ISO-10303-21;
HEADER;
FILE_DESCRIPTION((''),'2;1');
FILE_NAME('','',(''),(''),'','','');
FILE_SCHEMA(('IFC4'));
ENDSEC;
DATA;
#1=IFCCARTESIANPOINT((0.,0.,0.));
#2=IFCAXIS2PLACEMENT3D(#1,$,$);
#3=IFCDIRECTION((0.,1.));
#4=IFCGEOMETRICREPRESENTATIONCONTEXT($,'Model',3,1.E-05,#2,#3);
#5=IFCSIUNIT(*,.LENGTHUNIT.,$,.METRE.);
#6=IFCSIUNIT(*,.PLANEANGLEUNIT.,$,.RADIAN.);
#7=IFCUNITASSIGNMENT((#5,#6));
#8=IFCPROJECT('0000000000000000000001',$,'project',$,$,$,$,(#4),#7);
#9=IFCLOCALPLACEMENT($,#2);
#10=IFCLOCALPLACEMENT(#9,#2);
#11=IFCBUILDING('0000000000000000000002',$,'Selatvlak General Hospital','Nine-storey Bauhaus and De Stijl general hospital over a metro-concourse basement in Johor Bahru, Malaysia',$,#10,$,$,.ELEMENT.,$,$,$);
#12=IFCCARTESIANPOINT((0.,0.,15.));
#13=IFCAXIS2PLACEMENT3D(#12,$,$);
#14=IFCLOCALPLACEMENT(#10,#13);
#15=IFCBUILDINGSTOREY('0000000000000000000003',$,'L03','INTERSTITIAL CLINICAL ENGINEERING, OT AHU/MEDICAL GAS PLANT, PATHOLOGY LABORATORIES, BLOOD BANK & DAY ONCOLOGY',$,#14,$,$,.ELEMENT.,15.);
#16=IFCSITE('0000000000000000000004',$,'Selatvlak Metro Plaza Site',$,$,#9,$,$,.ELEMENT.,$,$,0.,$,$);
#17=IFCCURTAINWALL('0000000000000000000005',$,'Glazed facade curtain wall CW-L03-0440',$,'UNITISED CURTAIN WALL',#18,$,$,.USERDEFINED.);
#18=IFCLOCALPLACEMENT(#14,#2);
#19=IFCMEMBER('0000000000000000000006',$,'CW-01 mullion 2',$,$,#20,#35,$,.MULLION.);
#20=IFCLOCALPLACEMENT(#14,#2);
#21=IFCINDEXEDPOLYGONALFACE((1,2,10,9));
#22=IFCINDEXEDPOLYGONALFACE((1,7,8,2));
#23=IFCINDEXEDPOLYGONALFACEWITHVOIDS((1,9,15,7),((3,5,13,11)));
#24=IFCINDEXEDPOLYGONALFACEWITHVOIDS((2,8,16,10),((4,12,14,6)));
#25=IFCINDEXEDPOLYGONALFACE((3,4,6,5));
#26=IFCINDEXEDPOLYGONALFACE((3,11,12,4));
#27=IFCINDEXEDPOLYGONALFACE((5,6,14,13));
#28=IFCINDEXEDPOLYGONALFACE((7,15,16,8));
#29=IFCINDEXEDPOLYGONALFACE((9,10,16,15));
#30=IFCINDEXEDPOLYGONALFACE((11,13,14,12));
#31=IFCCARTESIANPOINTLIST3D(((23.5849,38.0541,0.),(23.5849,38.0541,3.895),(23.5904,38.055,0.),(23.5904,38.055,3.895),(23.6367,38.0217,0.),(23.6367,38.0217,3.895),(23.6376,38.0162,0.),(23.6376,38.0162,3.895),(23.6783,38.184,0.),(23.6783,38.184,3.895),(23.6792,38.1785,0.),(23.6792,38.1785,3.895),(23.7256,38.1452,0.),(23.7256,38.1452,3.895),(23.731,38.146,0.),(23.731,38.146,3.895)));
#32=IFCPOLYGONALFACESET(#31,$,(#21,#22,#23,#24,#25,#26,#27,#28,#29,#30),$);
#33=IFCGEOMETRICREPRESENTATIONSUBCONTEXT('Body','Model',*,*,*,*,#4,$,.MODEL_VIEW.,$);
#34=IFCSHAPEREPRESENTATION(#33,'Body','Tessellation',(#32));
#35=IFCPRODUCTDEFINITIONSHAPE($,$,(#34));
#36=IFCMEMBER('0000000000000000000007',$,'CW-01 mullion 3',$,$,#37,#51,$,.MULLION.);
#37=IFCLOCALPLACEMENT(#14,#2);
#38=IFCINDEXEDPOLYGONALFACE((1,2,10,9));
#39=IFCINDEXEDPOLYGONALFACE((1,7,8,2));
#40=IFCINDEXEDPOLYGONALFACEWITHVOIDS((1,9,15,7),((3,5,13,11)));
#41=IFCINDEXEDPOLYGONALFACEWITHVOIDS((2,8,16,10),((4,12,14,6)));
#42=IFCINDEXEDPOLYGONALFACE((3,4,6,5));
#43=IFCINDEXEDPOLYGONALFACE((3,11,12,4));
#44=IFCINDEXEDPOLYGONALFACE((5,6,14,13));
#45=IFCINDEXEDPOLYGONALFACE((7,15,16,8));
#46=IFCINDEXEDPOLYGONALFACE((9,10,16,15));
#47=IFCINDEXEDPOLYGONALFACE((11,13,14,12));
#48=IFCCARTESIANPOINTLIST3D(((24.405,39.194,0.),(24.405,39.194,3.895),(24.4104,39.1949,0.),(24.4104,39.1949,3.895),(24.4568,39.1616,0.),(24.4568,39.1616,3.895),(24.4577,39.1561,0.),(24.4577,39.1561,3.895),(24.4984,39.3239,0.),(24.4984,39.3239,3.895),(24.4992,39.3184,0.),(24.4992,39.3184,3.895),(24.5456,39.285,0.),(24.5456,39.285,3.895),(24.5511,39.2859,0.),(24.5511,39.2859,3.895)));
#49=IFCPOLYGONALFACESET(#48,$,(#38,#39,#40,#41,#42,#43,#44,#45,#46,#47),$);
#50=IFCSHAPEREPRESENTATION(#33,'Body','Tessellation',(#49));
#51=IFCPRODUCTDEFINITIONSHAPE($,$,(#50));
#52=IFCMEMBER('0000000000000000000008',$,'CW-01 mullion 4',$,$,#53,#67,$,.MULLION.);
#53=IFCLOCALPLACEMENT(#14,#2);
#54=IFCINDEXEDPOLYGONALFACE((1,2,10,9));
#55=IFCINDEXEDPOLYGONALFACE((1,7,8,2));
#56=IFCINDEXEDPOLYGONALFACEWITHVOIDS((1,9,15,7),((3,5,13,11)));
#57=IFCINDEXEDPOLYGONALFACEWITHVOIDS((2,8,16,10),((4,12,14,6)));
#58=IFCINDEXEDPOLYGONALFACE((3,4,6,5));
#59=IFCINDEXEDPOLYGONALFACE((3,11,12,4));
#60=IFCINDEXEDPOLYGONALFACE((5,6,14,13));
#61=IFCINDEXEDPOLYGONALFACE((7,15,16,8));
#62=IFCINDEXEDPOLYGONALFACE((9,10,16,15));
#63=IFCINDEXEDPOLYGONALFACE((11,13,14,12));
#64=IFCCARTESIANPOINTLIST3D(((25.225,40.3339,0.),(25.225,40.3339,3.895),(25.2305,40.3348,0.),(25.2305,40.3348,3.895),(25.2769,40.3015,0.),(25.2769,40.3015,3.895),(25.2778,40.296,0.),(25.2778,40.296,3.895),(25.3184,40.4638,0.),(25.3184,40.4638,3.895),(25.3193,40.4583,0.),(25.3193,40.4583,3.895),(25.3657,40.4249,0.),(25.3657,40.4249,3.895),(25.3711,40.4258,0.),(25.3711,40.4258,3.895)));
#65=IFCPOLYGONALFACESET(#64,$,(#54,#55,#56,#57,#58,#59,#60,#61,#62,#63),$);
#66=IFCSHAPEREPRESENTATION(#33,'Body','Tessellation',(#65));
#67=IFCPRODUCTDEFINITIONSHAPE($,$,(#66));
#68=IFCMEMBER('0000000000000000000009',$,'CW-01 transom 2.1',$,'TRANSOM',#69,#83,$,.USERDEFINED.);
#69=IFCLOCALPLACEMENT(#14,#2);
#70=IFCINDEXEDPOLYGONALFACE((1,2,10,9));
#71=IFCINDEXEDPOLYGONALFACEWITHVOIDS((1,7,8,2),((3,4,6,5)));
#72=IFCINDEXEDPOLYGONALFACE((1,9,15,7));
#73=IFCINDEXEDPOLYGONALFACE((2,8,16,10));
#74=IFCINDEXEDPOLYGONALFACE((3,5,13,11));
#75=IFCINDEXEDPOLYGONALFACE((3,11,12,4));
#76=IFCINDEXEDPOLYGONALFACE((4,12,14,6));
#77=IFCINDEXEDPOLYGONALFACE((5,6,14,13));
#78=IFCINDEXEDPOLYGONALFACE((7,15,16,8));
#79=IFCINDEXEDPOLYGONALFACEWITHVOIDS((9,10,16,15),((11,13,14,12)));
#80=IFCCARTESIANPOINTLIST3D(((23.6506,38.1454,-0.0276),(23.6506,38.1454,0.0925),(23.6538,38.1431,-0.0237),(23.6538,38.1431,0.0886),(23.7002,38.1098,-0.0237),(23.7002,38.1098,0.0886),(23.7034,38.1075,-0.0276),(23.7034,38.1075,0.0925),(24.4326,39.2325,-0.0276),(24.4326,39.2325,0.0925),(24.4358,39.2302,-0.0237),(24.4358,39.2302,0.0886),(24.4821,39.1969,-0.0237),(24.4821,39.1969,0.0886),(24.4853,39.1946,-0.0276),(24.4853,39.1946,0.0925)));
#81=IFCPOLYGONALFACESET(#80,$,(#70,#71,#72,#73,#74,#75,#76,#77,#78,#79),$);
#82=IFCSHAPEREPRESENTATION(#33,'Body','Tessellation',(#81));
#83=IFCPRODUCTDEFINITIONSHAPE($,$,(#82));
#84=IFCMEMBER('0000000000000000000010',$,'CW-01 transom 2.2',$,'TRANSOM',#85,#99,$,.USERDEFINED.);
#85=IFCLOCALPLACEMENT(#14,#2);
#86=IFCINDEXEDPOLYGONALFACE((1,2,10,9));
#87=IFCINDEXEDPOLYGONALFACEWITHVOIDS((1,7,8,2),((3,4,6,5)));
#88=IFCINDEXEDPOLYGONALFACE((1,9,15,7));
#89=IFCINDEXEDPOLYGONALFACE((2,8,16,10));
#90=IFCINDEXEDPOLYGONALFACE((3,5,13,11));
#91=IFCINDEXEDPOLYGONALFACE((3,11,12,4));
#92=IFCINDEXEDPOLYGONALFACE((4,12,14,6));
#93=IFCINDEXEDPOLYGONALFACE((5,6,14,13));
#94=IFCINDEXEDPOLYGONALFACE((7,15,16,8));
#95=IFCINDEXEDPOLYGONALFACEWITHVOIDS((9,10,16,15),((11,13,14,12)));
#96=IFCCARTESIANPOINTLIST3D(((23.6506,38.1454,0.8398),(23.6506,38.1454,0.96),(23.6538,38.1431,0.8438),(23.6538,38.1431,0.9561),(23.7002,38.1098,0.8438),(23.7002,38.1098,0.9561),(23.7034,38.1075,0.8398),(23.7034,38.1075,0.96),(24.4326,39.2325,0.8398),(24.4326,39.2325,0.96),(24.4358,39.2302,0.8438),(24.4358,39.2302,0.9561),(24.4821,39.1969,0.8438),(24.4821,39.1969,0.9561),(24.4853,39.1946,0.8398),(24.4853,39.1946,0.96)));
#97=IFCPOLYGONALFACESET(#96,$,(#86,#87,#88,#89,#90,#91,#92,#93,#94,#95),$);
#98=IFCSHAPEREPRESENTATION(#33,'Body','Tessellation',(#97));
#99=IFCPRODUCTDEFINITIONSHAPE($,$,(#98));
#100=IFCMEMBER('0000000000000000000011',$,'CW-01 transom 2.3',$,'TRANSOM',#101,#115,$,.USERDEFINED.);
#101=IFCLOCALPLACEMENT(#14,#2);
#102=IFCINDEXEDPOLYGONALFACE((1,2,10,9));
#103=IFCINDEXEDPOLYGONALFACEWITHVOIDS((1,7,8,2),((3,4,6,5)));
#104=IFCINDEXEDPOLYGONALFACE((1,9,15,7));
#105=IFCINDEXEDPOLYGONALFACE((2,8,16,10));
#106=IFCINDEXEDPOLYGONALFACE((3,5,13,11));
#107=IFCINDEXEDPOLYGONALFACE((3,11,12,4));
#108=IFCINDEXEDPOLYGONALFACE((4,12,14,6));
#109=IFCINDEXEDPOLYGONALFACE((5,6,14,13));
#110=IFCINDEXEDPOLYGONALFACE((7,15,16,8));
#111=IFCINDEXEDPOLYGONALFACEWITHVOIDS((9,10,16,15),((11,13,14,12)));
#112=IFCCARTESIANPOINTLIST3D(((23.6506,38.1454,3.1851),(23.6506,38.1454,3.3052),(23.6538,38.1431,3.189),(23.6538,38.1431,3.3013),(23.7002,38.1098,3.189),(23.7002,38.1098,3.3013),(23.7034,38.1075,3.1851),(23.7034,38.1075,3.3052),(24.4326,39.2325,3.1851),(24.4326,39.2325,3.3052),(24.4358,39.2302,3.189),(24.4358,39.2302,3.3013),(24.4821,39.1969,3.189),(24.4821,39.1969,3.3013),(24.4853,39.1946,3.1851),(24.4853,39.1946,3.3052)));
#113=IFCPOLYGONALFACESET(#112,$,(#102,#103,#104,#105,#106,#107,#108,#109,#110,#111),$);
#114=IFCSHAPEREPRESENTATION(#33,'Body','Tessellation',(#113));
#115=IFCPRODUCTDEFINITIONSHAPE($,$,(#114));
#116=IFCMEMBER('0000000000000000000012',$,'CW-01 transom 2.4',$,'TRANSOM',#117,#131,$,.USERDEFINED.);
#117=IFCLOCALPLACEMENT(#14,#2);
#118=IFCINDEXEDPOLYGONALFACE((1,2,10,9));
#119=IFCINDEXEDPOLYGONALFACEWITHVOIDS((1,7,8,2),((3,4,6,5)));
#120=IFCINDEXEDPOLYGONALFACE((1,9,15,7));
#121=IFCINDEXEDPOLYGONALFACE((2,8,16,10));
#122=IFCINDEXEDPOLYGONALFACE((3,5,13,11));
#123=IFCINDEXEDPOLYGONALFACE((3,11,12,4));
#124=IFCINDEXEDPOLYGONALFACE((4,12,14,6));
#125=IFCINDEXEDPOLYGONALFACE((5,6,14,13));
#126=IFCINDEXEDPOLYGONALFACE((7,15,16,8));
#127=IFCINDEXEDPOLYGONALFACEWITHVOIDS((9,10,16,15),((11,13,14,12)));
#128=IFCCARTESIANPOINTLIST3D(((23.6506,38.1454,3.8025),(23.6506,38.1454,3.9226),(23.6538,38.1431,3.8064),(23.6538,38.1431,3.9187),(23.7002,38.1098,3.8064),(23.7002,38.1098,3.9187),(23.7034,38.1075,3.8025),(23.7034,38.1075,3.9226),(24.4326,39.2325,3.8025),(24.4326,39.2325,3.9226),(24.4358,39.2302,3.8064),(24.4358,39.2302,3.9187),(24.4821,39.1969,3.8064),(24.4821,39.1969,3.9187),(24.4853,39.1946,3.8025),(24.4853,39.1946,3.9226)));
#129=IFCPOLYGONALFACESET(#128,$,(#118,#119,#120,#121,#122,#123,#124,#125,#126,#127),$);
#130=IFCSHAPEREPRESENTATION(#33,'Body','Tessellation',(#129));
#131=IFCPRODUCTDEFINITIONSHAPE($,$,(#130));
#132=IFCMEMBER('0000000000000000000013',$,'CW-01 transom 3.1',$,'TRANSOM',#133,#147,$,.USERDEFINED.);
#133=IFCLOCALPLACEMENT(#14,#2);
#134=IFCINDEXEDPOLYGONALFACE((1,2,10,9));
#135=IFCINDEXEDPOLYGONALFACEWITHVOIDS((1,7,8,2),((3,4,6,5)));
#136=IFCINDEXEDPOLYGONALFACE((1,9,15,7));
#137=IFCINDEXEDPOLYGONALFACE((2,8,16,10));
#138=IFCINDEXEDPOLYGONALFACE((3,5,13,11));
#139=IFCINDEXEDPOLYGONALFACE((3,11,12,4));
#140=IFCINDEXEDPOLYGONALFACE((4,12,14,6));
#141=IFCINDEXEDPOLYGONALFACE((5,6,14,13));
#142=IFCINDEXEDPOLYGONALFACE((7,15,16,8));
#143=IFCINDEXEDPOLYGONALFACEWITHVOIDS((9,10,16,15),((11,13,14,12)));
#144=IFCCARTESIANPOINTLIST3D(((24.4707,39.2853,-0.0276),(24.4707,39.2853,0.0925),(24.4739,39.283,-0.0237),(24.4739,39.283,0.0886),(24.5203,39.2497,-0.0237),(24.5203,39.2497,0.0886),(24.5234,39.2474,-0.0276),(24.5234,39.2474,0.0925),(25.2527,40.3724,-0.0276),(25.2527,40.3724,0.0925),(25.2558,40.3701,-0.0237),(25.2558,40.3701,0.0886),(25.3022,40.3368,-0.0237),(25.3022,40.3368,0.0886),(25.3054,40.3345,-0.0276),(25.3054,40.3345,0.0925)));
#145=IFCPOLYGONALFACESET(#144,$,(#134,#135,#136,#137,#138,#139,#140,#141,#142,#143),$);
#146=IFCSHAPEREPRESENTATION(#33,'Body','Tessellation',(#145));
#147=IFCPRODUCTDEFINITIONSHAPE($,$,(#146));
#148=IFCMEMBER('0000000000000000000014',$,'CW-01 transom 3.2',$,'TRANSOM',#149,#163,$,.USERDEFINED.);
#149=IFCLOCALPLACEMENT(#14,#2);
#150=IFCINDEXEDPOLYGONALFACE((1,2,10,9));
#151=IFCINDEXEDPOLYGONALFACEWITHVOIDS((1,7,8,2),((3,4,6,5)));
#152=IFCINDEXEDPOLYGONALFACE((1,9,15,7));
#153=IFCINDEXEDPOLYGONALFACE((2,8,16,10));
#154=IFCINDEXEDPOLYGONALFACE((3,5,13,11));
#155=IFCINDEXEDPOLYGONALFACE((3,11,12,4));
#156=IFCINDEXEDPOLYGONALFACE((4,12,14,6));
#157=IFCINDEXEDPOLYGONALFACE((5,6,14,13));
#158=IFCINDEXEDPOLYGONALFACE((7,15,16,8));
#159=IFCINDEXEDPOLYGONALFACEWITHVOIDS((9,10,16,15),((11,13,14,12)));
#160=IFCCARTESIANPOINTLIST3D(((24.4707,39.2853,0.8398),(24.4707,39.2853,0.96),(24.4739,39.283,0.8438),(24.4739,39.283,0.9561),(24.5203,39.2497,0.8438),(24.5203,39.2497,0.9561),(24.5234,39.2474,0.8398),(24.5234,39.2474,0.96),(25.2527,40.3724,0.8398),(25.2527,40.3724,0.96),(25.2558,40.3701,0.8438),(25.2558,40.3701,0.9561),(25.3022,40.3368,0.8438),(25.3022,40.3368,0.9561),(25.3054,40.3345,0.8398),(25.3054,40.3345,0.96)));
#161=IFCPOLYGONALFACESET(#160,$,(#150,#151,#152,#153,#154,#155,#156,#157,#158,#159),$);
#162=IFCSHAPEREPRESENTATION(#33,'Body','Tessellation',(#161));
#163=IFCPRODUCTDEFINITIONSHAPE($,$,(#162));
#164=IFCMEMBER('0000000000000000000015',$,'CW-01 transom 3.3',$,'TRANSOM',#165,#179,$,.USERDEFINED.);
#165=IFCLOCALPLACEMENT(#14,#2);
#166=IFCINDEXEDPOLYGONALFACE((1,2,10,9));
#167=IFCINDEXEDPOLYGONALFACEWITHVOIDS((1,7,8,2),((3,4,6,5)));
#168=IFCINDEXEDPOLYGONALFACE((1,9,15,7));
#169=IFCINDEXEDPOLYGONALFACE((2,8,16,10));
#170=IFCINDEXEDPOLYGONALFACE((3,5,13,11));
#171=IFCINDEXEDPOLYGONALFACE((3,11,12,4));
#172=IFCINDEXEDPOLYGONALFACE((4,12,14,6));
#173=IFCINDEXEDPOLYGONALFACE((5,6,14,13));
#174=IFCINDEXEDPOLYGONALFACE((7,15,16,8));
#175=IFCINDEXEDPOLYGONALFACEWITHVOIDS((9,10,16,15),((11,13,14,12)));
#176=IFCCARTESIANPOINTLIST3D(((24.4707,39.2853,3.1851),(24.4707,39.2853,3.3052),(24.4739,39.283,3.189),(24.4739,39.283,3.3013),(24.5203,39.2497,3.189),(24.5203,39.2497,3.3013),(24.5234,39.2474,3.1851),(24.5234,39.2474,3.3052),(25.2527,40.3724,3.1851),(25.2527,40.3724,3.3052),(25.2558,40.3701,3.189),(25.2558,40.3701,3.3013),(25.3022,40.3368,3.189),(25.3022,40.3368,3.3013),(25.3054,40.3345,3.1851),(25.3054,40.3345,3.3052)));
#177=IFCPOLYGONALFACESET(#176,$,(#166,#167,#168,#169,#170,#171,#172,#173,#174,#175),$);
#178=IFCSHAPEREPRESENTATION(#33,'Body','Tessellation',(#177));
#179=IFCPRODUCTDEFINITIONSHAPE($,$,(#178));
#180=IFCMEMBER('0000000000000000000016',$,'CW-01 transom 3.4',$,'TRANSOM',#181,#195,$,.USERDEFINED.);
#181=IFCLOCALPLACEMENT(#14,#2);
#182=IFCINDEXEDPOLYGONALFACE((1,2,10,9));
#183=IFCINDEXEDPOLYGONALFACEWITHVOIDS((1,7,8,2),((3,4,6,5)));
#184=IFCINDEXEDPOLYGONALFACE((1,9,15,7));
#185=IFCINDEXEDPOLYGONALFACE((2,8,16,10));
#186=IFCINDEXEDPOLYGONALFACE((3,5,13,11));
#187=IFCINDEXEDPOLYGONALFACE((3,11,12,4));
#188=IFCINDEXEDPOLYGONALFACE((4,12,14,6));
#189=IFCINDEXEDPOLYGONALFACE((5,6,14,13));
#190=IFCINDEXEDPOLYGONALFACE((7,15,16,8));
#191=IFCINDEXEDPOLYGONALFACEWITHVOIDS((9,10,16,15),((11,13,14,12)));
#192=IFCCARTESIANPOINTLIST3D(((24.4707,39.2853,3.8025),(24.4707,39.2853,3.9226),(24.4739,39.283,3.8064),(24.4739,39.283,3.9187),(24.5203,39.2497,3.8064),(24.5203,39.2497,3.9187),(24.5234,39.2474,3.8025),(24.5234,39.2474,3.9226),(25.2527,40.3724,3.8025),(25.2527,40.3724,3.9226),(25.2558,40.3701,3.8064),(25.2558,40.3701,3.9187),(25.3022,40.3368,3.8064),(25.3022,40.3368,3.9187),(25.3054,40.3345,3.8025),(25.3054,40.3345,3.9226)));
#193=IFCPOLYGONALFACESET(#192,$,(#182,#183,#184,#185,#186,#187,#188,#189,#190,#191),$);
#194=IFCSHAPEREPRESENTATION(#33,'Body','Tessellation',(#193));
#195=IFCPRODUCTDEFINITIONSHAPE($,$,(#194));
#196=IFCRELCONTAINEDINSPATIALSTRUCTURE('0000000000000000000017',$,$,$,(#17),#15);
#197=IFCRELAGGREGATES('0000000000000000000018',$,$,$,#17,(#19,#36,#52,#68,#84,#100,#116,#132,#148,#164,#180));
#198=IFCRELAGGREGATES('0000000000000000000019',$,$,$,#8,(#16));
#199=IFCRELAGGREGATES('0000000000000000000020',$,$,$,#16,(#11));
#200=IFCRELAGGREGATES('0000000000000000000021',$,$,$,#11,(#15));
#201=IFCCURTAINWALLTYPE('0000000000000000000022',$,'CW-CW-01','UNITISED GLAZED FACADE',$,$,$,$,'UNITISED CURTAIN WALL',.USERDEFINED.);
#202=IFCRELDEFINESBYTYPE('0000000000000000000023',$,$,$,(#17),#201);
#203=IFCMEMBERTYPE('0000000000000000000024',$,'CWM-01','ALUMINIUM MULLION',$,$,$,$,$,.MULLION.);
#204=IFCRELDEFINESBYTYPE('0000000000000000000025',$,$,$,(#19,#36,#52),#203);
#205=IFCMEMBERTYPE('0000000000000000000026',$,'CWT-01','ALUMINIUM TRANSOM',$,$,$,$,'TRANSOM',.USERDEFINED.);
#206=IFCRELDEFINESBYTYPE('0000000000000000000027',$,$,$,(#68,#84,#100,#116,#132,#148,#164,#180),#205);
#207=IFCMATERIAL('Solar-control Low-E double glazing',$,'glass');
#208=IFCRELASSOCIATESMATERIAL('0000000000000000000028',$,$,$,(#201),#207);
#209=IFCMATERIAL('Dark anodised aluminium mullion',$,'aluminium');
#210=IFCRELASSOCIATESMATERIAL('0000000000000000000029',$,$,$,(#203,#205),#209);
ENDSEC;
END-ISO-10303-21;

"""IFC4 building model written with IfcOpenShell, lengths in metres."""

from ifc_helpers import new_model, si_unit, direction, frame, origin, origin_2d, place, context, subcontext, project, spatial, hollow_rectangle, extrude, material, material_profile, profile_set, type_object, element, aggregate, save


model = new_model("IFC4")

# Units and contexts
model_context = context("Model", 3, precision=1e-05, world=origin(), true_north=direction((0.0, 1.0)))
body_context = subcontext(model_context, "Body", "Model", "MODEL_VIEW")
ifc_project = project(units=[si_unit("LENGTHUNIT", "METRE"), si_unit("PLANEANGLEUNIT", "RADIAN")], contexts=[model_context])

# Site, building, storey
site_placement = place(None, origin())
site = spatial("IfcSite", under=ifc_project, at=site_placement, Name="Selatvlak Metro Plaza Site", CompositionType="ELEMENT", RefElevation=0.0)
building_placement = place(site_placement, origin())
building = spatial("IfcBuilding", under=site, at=building_placement, Name="Selatvlak General Hospital", Description="Nine-storey Bauhaus and De Stijl general hospital over a metro-concourse basement in Johor Bahru, Malaysia", CompositionType="ELEMENT")
storey_placement = place(building_placement, frame((0.0, 0.0, 15.0)))
storey = spatial("IfcBuildingStorey", under=building, at=storey_placement, Name="L03", Description="INTERSTITIAL CLINICAL ENGINEERING, OT AHU/MEDICAL GAS PLANT, PATHOLOGY LABORATORIES, BLOOD BANK & DAY ONCOLOGY", CompositionType="ELEMENT", Elevation=15.0)

# Curtain wall, members
ifc_material_1 = material(Name="Solar-control Low-E double glazing", Category="glass")
curtain_wall_type = type_object("IfcCurtainWallType", Name="CW-CW-01", Description="UNITISED GLAZED FACADE", ElementType="UNITISED CURTAIN WALL", PredefinedType="USERDEFINED", material=ifc_material_1)
curtain_wall_placement = place(storey_placement, origin())
curtain_wall = element("IfcCurtainWall", 1, at=curtain_wall_placement, inside=storey, type_object=curtain_wall_type, Name="Glazed facade curtain wall CW-L03-0440", ObjectType="UNITISED CURTAIN WALL", PredefinedType="USERDEFINED")
ifc_material_2 = material(Name="Dark anodised aluminium mullion", Category="aluminium")
ifc_material_profile_1 = material_profile(ifc_material_2, hollow_rectangle(XDim=0.0649, YDim=0.1599, WallThickness=0.0039, at=origin_2d()), Name="AL-MUL 65x160x4")
ifc_profile_set_1 = profile_set([ifc_material_profile_1], Name="Dark anodised aluminium mullion")
member_type_1 = type_object("IfcMemberType", Name="CWM-01", Description="ALUMINIUM MULLION", PredefinedType="MULLION", material=ifc_profile_set_1)
member_1_placement = place(storey_placement, frame((23.658, 38.1001, 0.0), z_axis=(0.0, 0.0, 1.0), x_axis=(-0.811804, 0.583929, 0.0)))
member_1 = element("IfcMember", 2, at=member_1_placement, type_object=member_type_1, Name="CW-01 mullion 2", PredefinedType="MULLION", context=body_context, shape_type="SweptSolid", body=[
    extrude(hollow_rectangle(XDim=0.0649, YDim=0.1599, WallThickness=0.0039, at=origin_2d()), origin(), (0.0, 0.0, 1.0), 3.895),
])
member_2_placement = place(storey_placement, frame((24.478, 39.24, 0.0), z_axis=(0.0, 0.0, 1.0), x_axis=(-0.811804, 0.583929, 0.0)))
member_2 = element("IfcMember", 3, at=member_2_placement, type_object=member_type_1, Name="CW-01 mullion 3", PredefinedType="MULLION", context=body_context, shape_type="SweptSolid", body=[
    extrude(hollow_rectangle(XDim=0.0649, YDim=0.1599, WallThickness=0.0039, at=origin_2d()), origin(), (0.0, 0.0, 1.0), 3.895),
])
member_3_placement = place(storey_placement, frame((25.2981, 40.3799, 0.0), z_axis=(0.0, 0.0, 1.0), x_axis=(-0.811804, 0.583929, 0.0)))
member_3 = element("IfcMember", 4, at=member_3_placement, type_object=member_type_1, Name="CW-01 mullion 4", PredefinedType="MULLION", context=body_context, shape_type="SweptSolid", body=[
    extrude(hollow_rectangle(XDim=0.0649, YDim=0.1599, WallThickness=0.0039, at=origin_2d()), origin(), (0.0, 0.0, 1.0), 3.895),
])
ifc_material_profile_2 = material_profile(ifc_material_2, hollow_rectangle(XDim=0.0649, YDim=0.1201, WallThickness=0.0039, at=origin_2d()), Name="AL-TRN 65x120x4")
ifc_profile_set_2 = profile_set([ifc_material_profile_2], Name="Dark anodised aluminium mullion")
member_type_2 = type_object("IfcMemberType", Name="CWT-01", Description="ALUMINIUM TRANSOM", ElementType="TRANSOM", PredefinedType="USERDEFINED", material=ifc_profile_set_2)
member_4_placement = place(storey_placement, frame((23.677, 38.1265, 0.0325), z_axis=(0.583925, 0.811807, 0.0), x_axis=(-0.811807, 0.583925, 0.0)))
member_4 = element("IfcMember", 5, at=member_4_placement, type_object=member_type_2, Name="CW-01 transom 2.1", ObjectType="TRANSOM", PredefinedType="USERDEFINED", context=body_context, shape_type="SweptSolid", body=[
    extrude(hollow_rectangle(XDim=0.0649, YDim=0.1201, WallThickness=0.0039, at=origin_2d()), origin(), (0.0, 0.0, 1.0), 1.3391),
])
member_5_placement = place(storey_placement, frame((23.677, 38.1265, 0.8999), z_axis=(0.583925, 0.811807, 0.0), x_axis=(-0.811807, 0.583925, 0.0)))
member_5 = element("IfcMember", 6, at=member_5_placement, type_object=member_type_2, Name="CW-01 transom 2.2", ObjectType="TRANSOM", PredefinedType="USERDEFINED", context=body_context, shape_type="SweptSolid", body=[
    extrude(hollow_rectangle(XDim=0.0649, YDim=0.1201, WallThickness=0.0039, at=origin_2d()), origin(), (0.0, 0.0, 1.0), 1.3391),
])
member_6_placement = place(storey_placement, frame((23.677, 38.1265, 3.2451), z_axis=(0.583925, 0.811807, 0.0), x_axis=(-0.811807, 0.583925, 0.0)))
member_6 = element("IfcMember", 7, at=member_6_placement, type_object=member_type_2, Name="CW-01 transom 2.3", ObjectType="TRANSOM", PredefinedType="USERDEFINED", context=body_context, shape_type="SweptSolid", body=[
    extrude(hollow_rectangle(XDim=0.0649, YDim=0.1201, WallThickness=0.0039, at=origin_2d()), origin(), (0.0, 0.0, 1.0), 1.3391),
])
member_7_placement = place(storey_placement, frame((23.677, 38.1265, 3.8625), z_axis=(0.583925, 0.811807, 0.0), x_axis=(-0.811807, 0.583925, 0.0)))
member_7 = element("IfcMember", 8, at=member_7_placement, type_object=member_type_2, Name="CW-01 transom 2.4", ObjectType="TRANSOM", PredefinedType="USERDEFINED", context=body_context, shape_type="SweptSolid", body=[
    extrude(hollow_rectangle(XDim=0.0649, YDim=0.1201, WallThickness=0.0039, at=origin_2d()), origin(), (0.0, 0.0, 1.0), 1.3391),
])
member_8_placement = place(storey_placement, frame((24.4971, 39.2664, 0.0325), z_axis=(0.583925, 0.811807, 0.0), x_axis=(-0.811807, 0.583925, 0.0)))
member_8 = element("IfcMember", 9, at=member_8_placement, type_object=member_type_2, Name="CW-01 transom 3.1", ObjectType="TRANSOM", PredefinedType="USERDEFINED", context=body_context, shape_type="SweptSolid", body=[
    extrude(hollow_rectangle(XDim=0.0649, YDim=0.1201, WallThickness=0.0039, at=origin_2d()), origin(), (0.0, 0.0, 1.0), 1.3391),
])
member_9_placement = place(storey_placement, frame((24.4971, 39.2664, 0.8999), z_axis=(0.583925, 0.811807, 0.0), x_axis=(-0.811807, 0.583925, 0.0)))
member_9 = element("IfcMember", 10, at=member_9_placement, type_object=member_type_2, Name="CW-01 transom 3.2", ObjectType="TRANSOM", PredefinedType="USERDEFINED", context=body_context, shape_type="SweptSolid", body=[
    extrude(hollow_rectangle(XDim=0.0649, YDim=0.1201, WallThickness=0.0039, at=origin_2d()), origin(), (0.0, 0.0, 1.0), 1.3391),
])
member_10_placement = place(storey_placement, frame((24.4971, 39.2664, 3.2451), z_axis=(0.583925, 0.811807, 0.0), x_axis=(-0.811807, 0.583925, 0.0)))
member_10 = element("IfcMember", 11, at=member_10_placement, type_object=member_type_2, Name="CW-01 transom 3.3", ObjectType="TRANSOM", PredefinedType="USERDEFINED", context=body_context, shape_type="SweptSolid", body=[
    extrude(hollow_rectangle(XDim=0.0649, YDim=0.1201, WallThickness=0.0039, at=origin_2d()), origin(), (0.0, 0.0, 1.0), 1.3391),
])
member_11_placement = place(storey_placement, frame((24.4971, 39.2664, 3.8625), z_axis=(0.583925, 0.811807, 0.0), x_axis=(-0.811807, 0.583925, 0.0)))
member_11 = element("IfcMember", 12, at=member_11_placement, type_object=member_type_2, Name="CW-01 transom 3.4", ObjectType="TRANSOM", PredefinedType="USERDEFINED", context=body_context, shape_type="SweptSolid", body=[
    extrude(hollow_rectangle(XDim=0.0649, YDim=0.1201, WallThickness=0.0039, at=origin_2d()), origin(), (0.0, 0.0, 1.0), 1.3391),
])
aggregate(curtain_wall, [member_1, member_2, member_3, member_4, member_5, member_6, member_7, member_8, member_9, member_10, member_11])

save(model, "model.ifc")
